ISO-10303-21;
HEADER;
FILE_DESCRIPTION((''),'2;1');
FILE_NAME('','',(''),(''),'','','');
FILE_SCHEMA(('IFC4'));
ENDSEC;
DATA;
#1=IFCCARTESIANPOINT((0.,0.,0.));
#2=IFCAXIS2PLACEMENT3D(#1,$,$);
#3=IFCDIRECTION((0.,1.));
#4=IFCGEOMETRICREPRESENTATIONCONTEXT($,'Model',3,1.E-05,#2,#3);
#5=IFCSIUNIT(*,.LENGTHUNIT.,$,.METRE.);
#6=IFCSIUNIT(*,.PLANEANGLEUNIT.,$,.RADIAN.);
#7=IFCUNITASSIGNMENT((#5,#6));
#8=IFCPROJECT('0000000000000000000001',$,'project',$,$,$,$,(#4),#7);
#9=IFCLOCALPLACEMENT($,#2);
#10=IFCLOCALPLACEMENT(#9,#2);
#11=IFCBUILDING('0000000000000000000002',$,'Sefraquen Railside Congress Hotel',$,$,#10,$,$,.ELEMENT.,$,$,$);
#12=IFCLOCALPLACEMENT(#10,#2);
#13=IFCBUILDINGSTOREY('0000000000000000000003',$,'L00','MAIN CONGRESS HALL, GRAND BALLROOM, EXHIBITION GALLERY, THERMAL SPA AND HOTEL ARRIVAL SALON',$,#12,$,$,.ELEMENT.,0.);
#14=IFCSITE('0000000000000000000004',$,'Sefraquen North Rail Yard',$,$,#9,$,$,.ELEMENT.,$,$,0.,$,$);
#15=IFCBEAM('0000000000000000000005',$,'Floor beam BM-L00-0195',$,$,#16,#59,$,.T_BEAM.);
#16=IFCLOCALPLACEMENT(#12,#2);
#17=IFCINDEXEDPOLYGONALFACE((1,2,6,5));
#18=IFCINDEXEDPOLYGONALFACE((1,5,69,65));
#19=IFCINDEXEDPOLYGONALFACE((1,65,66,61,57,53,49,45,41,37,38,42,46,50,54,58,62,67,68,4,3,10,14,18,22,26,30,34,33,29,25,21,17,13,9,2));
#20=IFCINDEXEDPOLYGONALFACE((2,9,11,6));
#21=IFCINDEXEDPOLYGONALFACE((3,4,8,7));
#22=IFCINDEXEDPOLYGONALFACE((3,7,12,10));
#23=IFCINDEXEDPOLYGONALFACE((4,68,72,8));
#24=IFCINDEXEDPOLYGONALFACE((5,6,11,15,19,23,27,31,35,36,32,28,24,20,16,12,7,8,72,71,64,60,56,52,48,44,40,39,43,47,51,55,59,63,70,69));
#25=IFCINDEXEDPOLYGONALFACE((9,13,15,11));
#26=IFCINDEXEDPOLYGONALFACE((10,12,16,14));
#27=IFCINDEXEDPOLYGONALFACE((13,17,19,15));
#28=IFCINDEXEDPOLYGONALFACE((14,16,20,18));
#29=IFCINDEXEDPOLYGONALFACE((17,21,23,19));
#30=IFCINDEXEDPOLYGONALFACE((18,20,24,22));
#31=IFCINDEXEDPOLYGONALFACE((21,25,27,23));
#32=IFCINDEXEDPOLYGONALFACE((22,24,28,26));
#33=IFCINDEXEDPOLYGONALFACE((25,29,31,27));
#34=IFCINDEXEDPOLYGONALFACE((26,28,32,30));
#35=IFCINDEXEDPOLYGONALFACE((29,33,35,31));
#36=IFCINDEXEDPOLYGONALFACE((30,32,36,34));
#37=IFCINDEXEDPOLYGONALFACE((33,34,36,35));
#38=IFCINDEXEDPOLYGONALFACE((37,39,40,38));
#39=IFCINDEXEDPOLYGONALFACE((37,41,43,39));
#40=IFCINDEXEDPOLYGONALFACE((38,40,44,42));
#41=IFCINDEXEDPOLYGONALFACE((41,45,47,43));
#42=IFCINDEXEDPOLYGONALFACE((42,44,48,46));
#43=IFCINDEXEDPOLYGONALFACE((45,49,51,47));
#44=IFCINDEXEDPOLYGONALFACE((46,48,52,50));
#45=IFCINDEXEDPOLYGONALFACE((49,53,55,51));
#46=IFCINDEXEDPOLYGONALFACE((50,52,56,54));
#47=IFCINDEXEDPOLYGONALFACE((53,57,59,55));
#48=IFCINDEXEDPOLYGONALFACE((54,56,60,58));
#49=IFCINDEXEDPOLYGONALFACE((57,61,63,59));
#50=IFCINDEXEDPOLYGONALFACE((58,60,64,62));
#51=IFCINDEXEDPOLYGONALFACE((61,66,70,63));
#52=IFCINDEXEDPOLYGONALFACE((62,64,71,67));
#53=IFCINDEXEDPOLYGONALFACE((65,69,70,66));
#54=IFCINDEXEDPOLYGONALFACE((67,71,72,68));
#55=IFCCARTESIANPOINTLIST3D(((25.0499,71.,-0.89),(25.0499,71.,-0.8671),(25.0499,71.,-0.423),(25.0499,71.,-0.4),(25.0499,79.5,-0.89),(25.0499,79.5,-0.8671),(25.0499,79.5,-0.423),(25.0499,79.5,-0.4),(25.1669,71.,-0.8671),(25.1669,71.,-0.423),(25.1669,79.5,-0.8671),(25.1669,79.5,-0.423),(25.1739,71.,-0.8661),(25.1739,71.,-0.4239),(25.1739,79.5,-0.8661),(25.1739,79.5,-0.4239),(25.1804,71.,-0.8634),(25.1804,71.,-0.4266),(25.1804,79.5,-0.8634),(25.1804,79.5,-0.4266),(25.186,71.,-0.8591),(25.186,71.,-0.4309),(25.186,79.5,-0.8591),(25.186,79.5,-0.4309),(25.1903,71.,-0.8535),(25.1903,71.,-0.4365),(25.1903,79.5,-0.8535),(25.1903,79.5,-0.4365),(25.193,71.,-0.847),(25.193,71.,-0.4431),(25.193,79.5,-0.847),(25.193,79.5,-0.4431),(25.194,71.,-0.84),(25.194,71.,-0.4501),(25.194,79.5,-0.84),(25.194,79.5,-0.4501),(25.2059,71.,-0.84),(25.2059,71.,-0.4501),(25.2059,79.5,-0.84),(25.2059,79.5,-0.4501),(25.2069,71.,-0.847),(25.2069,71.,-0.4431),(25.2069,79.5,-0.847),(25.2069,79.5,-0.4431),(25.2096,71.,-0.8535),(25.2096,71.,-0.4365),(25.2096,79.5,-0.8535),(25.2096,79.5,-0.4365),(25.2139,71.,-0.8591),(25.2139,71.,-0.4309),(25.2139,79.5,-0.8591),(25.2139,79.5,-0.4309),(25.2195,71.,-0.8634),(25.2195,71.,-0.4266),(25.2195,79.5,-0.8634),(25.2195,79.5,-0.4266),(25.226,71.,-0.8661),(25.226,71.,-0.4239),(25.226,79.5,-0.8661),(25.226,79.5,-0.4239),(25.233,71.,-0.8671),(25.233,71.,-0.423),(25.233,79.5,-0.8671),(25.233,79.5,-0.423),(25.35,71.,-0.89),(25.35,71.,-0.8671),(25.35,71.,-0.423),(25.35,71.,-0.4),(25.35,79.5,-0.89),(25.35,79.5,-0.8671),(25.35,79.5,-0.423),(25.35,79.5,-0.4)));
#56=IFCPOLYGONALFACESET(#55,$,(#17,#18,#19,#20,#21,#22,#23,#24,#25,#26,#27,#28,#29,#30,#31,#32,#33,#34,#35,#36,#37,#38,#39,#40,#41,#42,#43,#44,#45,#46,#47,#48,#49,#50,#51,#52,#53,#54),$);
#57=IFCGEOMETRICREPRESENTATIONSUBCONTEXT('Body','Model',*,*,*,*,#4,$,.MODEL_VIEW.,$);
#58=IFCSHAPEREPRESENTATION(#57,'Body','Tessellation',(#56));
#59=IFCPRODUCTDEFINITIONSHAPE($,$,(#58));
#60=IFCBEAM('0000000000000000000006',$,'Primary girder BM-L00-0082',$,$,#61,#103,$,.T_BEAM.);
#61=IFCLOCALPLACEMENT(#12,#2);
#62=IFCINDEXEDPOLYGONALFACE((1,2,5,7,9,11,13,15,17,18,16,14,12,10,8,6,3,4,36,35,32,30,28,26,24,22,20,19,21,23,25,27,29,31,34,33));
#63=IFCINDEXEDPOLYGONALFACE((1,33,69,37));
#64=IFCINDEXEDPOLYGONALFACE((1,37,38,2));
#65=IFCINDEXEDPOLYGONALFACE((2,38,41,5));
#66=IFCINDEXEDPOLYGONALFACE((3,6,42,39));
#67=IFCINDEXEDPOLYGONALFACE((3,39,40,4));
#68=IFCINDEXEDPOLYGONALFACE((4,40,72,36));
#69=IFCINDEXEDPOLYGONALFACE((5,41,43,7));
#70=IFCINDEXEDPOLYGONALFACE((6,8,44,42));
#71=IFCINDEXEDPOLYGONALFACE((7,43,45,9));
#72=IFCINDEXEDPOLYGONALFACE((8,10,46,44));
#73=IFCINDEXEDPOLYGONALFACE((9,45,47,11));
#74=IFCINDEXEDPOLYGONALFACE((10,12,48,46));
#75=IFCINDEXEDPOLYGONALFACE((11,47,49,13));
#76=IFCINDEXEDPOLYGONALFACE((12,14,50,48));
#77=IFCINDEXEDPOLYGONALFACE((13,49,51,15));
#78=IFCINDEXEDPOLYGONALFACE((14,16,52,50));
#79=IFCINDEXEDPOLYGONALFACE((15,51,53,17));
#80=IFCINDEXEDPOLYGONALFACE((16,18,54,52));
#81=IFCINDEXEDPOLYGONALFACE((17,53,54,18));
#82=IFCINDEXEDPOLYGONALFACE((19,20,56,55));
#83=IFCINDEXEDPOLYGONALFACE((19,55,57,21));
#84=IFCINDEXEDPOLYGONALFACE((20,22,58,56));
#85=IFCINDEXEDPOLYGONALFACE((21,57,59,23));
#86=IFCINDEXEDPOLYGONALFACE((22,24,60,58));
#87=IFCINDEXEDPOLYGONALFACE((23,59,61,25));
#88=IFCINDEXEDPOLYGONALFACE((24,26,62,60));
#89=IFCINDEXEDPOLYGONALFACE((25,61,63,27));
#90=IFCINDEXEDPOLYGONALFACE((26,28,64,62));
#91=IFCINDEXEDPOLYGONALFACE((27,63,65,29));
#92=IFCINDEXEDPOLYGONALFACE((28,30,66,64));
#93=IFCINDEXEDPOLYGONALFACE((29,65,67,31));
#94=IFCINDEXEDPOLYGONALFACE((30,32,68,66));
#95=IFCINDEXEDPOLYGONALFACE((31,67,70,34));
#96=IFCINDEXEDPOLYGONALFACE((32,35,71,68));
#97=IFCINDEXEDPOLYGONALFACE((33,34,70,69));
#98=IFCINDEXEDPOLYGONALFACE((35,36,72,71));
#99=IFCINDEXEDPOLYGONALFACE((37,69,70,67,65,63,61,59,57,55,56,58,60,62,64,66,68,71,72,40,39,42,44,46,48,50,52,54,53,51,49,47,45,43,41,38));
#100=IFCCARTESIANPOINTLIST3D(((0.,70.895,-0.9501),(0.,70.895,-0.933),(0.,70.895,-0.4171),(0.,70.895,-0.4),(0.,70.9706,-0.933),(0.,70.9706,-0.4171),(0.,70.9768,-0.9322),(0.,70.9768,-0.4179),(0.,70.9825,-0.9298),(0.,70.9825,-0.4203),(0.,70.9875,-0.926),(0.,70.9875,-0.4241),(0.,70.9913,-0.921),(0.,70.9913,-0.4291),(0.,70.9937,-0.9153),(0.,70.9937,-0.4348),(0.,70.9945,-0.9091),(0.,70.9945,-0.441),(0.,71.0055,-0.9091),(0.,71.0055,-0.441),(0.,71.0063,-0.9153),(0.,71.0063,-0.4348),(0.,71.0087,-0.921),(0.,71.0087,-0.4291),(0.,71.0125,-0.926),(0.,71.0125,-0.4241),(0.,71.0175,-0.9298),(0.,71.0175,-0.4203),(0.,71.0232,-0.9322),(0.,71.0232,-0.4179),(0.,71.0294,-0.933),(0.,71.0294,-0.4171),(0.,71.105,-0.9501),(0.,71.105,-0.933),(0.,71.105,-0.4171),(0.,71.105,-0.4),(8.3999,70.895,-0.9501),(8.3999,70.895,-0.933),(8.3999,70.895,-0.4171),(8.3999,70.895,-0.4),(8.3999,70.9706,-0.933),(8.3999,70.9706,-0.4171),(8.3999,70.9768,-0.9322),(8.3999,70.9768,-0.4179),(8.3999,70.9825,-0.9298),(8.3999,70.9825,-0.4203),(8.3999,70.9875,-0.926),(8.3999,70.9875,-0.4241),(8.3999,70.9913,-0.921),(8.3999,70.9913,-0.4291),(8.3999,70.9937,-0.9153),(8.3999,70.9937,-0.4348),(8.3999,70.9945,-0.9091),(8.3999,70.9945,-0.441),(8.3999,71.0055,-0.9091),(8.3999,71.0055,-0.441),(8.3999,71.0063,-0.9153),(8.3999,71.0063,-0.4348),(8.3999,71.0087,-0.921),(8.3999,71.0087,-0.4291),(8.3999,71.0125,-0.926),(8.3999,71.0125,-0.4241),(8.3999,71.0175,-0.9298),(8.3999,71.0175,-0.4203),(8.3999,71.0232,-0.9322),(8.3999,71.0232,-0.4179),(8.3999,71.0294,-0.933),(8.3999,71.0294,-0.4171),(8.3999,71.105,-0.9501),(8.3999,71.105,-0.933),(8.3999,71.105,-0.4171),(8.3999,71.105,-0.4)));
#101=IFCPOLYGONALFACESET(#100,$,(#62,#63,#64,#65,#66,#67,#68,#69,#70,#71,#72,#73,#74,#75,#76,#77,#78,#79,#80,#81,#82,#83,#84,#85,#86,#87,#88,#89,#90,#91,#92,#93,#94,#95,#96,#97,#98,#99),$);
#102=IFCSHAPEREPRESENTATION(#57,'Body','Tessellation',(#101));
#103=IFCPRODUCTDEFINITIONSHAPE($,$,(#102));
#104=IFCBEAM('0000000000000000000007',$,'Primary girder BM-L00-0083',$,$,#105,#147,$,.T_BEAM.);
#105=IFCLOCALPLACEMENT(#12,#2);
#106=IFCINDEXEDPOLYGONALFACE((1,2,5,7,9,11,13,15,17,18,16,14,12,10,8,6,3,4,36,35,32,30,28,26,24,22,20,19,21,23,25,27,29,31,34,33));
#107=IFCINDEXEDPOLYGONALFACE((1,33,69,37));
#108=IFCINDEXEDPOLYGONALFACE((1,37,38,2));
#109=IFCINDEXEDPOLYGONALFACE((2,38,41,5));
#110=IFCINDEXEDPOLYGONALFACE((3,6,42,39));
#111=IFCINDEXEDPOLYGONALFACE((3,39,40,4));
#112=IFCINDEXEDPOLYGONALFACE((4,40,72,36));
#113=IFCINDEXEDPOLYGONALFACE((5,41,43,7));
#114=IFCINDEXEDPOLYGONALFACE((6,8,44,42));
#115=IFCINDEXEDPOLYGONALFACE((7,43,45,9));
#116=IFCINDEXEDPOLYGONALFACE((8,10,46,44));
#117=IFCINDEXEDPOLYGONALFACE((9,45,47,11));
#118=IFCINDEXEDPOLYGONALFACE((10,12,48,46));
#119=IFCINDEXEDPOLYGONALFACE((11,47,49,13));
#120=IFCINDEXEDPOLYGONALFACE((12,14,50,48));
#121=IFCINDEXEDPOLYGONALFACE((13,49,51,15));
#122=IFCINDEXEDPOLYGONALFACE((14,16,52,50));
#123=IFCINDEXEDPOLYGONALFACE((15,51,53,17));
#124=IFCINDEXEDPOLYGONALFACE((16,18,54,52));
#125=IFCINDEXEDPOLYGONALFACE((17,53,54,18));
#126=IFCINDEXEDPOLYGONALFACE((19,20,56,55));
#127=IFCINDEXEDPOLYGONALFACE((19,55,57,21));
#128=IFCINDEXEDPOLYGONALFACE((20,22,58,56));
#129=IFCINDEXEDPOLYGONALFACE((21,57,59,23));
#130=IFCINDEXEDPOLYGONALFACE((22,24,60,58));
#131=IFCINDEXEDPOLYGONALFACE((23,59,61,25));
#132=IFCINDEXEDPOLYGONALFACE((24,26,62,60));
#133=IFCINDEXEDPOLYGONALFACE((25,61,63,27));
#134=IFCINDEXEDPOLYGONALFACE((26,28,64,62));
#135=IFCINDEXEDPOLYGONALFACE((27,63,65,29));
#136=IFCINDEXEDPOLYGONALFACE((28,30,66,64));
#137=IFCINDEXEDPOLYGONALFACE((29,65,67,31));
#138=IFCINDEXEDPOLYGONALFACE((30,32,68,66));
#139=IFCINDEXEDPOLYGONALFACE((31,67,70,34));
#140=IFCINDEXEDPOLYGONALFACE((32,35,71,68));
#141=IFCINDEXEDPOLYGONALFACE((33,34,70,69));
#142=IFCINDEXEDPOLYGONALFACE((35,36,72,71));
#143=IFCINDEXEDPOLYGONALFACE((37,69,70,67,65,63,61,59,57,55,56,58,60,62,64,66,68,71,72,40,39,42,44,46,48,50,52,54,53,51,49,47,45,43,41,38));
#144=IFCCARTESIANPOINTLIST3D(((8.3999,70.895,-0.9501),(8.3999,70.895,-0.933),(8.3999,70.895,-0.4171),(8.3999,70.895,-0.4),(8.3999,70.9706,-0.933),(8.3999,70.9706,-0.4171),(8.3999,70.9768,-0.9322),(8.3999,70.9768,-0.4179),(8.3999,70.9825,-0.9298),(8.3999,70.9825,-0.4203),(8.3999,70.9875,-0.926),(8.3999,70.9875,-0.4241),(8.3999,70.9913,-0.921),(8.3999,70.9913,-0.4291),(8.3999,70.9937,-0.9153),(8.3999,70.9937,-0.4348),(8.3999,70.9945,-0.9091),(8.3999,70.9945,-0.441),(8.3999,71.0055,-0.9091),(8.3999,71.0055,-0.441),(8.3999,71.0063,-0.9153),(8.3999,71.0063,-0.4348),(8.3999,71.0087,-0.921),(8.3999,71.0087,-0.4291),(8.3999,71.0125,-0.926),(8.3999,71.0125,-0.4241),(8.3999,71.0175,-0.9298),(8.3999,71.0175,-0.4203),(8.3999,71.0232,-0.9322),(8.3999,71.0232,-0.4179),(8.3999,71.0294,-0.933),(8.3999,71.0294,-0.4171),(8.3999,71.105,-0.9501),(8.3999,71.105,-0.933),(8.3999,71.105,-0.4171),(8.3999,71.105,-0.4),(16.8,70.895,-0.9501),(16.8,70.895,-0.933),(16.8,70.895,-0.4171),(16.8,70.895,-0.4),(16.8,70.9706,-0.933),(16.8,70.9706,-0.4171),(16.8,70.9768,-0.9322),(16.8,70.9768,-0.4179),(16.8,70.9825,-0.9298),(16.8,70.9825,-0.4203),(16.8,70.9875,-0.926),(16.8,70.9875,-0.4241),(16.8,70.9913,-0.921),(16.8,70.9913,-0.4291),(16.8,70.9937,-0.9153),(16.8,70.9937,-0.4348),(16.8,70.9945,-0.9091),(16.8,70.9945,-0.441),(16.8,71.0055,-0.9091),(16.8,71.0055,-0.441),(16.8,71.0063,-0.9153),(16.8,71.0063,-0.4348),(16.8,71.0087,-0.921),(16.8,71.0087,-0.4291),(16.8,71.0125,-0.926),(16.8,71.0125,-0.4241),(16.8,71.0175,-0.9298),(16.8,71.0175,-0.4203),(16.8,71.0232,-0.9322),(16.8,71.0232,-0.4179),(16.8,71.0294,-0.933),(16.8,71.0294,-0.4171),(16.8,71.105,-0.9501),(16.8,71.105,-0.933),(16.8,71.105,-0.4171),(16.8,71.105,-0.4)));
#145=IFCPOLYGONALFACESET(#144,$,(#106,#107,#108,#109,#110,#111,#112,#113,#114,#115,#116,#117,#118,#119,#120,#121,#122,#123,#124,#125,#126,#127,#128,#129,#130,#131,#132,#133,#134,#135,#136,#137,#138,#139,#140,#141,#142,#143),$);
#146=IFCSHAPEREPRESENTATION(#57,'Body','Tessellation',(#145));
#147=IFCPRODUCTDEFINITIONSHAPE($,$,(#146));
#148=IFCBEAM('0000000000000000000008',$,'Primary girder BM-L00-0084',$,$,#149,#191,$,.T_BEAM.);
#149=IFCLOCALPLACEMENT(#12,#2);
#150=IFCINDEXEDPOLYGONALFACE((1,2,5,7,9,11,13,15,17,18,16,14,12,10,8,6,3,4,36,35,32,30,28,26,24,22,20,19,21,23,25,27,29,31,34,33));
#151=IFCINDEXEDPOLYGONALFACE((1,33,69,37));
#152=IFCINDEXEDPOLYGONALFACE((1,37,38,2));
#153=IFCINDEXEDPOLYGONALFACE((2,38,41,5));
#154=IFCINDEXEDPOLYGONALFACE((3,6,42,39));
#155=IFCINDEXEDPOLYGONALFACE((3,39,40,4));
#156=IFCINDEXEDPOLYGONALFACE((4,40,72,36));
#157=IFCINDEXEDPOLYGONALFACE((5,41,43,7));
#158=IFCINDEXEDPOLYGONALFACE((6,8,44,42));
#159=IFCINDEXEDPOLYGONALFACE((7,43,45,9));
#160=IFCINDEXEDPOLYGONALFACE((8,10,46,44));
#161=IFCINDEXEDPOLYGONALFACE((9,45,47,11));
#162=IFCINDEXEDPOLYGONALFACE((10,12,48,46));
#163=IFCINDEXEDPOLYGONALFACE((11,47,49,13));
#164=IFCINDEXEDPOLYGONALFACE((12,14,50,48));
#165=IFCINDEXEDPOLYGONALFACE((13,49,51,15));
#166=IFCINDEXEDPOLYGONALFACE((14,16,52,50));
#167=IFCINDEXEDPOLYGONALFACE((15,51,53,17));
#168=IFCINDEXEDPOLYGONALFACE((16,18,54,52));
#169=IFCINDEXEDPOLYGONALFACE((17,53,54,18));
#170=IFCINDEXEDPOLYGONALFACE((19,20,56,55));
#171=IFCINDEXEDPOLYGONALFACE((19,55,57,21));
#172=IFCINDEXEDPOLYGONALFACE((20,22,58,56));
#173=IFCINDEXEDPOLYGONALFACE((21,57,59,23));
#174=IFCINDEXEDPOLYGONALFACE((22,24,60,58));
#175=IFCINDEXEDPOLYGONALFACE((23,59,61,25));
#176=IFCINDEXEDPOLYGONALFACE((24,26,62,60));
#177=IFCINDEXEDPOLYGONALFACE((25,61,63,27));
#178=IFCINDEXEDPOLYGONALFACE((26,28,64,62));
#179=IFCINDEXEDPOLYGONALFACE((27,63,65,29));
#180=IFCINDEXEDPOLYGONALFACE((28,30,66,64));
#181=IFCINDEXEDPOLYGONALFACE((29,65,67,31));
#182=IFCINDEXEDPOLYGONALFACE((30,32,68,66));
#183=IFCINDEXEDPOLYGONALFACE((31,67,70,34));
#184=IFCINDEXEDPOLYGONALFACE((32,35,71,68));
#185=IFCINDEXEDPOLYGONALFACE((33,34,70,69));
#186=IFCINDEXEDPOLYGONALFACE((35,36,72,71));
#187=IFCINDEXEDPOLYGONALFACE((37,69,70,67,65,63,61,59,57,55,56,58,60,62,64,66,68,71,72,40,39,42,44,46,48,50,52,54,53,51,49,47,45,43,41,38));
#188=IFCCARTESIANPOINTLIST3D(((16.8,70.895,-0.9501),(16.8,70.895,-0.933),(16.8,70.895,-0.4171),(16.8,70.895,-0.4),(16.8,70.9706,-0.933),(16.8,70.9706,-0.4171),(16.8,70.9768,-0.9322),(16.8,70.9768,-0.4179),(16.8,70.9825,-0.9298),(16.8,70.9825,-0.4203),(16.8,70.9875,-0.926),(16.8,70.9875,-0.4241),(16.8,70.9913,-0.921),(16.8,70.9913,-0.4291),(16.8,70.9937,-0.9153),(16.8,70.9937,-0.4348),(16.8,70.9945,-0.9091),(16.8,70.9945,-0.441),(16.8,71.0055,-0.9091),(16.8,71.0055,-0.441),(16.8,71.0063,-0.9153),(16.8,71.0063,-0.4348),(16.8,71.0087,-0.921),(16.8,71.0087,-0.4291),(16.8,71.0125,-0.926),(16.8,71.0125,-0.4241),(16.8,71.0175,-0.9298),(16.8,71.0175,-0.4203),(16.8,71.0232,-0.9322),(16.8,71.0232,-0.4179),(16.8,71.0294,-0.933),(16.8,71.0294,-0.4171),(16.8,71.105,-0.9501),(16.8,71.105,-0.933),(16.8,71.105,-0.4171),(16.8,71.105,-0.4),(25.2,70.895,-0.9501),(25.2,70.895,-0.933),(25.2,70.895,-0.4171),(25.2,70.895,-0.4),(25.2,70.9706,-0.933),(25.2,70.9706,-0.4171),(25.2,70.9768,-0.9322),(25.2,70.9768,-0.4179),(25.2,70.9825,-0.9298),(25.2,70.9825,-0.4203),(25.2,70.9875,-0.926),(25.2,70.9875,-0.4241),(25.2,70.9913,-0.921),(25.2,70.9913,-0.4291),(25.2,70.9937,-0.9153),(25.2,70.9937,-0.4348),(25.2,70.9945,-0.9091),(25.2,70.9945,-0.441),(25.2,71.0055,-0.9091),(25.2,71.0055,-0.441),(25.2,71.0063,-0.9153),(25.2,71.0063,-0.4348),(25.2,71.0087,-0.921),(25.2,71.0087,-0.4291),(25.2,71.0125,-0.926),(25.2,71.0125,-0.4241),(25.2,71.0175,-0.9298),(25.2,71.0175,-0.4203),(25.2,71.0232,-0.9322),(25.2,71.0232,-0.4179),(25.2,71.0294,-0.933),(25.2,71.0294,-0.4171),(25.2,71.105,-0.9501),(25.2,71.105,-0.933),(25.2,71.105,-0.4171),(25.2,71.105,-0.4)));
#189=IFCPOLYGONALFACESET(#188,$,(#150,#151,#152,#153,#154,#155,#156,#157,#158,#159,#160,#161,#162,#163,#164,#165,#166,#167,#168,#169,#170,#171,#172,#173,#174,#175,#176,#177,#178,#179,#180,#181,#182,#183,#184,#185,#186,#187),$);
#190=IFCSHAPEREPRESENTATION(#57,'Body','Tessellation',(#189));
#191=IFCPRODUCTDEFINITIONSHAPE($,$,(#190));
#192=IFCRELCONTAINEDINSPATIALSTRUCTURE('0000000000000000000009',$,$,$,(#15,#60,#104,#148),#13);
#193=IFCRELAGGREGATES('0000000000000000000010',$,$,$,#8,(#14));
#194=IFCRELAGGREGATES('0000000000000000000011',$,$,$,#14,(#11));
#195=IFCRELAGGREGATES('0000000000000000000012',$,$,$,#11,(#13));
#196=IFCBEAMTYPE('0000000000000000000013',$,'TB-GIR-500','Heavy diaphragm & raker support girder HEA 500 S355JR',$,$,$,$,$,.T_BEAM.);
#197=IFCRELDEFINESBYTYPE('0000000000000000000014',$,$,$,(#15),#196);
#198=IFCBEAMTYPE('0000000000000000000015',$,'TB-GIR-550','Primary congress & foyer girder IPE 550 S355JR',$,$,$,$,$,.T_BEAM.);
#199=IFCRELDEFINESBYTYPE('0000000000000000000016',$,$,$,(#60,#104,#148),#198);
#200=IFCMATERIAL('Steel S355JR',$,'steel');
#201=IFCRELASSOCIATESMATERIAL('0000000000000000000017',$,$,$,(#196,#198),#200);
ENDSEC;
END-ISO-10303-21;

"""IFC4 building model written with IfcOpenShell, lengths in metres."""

from ifc_helpers import new_model, si_unit, direction, frame, origin, origin_2d, place, context, subcontext, project, spatial, i_section, extrude, material, material_profile, profile_set, type_object, element, save


model = new_model("IFC4")

# Units and contexts
model_context = context("Model", 3, precision=1e-05, world=origin(), true_north=direction((0.0, 1.0)))
body_context = subcontext(model_context, "Body", "Model", "MODEL_VIEW")
ifc_project = project(units=[si_unit("LENGTHUNIT", "METRE"), si_unit("PLANEANGLEUNIT", "RADIAN")], contexts=[model_context])

# Site, building, storey
site_placement = place(None, origin())
site = spatial("IfcSite", under=ifc_project, at=site_placement, Name="Sefraquen North Rail Yard", CompositionType="ELEMENT", RefElevation=0.0)
building_placement = place(site_placement, origin())
building = spatial("IfcBuilding", under=site, at=building_placement, Name="Sefraquen Railside Congress Hotel", CompositionType="ELEMENT")
storey_placement = place(building_placement, origin())
storey = spatial("IfcBuildingStorey", under=building, at=storey_placement, Name="L00", Description="MAIN CONGRESS HALL, GRAND BALLROOM, EXHIBITION GALLERY, THERMAL SPA AND HOTEL ARRIVAL SALON", CompositionType="ELEMENT", Elevation=0.0)

# Shared definitions
ifc_material_1 = material(Name="Steel S355JR", Category="steel")

# Beams
ifc_material_profile_1 = material_profile(ifc_material_1, i_section(OverallWidth=0.3, OverallDepth=0.49, WebThickness=0.012, FlangeThickness=0.0229, FilletRadius=0.0271, at=origin_2d()), Name="HEA 500")
ifc_profile_set_1 = profile_set([ifc_material_profile_1], Name="Steel S355JR")
beam_type_1 = type_object("IfcBeamType", Name="TB-GIR-500", Description="Heavy diaphragm & raker support girder HEA 500 S355JR", PredefinedType="T_BEAM", material=ifc_profile_set_1)
for number, where, z_axis, x_axis, name in (
    (1, (25.2, 71.0, -0.645), (0.0, 1.0, 0.0), (-1.0, 0.0, 0.0), "Floor beam BM-L00-0195"),
):
    element("IfcBeam", number, at=place(storey_placement, frame(where, z_axis=z_axis, x_axis=x_axis)), inside=storey, type_object=beam_type_1, Name=name, PredefinedType="T_BEAM", context=body_context, shape_type="SweptSolid", body=[
        extrude(i_section(OverallWidth=0.3, OverallDepth=0.49, WebThickness=0.012, FlangeThickness=0.0229, FilletRadius=0.0271, at=origin_2d()), origin(), (0.0, 0.0, 1.0), 8.5),
    ])
ifc_material_profile_2 = material_profile(ifc_material_1, i_section(OverallWidth=0.21, OverallDepth=0.55, WebThickness=0.011, FlangeThickness=0.0171, FilletRadius=0.0239, at=origin_2d()), Name="IPE 550")
ifc_profile_set_2 = profile_set([ifc_material_profile_2], Name="Steel S355JR")
beam_type_2 = type_object("IfcBeamType", Name="TB-GIR-550", Description="Primary congress & foyer girder IPE 550 S355JR", PredefinedType="T_BEAM", material=ifc_profile_set_2)
beam_1_placement = place(storey_placement, frame((0.0, 71.0, -0.675), z_axis=(1.0, 0.0, 0.0), x_axis=(0.0, 1.0, 0.0)))
element("IfcBeam", 2, at=beam_1_placement, inside=storey, type_object=beam_type_2, Name="Primary girder BM-L00-0082", PredefinedType="T_BEAM", context=body_context, shape_type="SweptSolid", body=[
    extrude(i_section(OverallWidth=0.21, OverallDepth=0.55, WebThickness=0.011, FlangeThickness=0.0171, FilletRadius=0.0239, at=origin_2d()), origin(), (0.0, 0.0, 1.0), 8.3999),
])
beam_2_placement = place(storey_placement, frame((8.3999, 71.0, -0.675), z_axis=(1.0, 0.0, 0.0), x_axis=(0.0, 1.0, 0.0)))
element("IfcBeam", 3, at=beam_2_placement, inside=storey, type_object=beam_type_2, Name="Primary girder BM-L00-0083", PredefinedType="T_BEAM", context=body_context, shape_type="SweptSolid", body=[
    extrude(i_section(OverallWidth=0.21, OverallDepth=0.55, WebThickness=0.011, FlangeThickness=0.0171, FilletRadius=0.0239, at=origin_2d()), origin(), (0.0, 0.0, 1.0), 8.4001),
])
beam_3_placement = place(storey_placement, frame((16.8, 71.0, -0.675), z_axis=(1.0, 0.0, 0.0), x_axis=(0.0, 1.0, 0.0)))
element("IfcBeam", 4, at=beam_3_placement, inside=storey, type_object=beam_type_2, Name="Primary girder BM-L00-0084", PredefinedType="T_BEAM", context=body_context, shape_type="SweptSolid", body=[
    extrude(i_section(OverallWidth=0.21, OverallDepth=0.55, WebThickness=0.011, FlangeThickness=0.0171, FilletRadius=0.0239, at=origin_2d()), origin(), (0.0, 0.0, 1.0), 8.3999),
])

save(model, "model.ifc")
